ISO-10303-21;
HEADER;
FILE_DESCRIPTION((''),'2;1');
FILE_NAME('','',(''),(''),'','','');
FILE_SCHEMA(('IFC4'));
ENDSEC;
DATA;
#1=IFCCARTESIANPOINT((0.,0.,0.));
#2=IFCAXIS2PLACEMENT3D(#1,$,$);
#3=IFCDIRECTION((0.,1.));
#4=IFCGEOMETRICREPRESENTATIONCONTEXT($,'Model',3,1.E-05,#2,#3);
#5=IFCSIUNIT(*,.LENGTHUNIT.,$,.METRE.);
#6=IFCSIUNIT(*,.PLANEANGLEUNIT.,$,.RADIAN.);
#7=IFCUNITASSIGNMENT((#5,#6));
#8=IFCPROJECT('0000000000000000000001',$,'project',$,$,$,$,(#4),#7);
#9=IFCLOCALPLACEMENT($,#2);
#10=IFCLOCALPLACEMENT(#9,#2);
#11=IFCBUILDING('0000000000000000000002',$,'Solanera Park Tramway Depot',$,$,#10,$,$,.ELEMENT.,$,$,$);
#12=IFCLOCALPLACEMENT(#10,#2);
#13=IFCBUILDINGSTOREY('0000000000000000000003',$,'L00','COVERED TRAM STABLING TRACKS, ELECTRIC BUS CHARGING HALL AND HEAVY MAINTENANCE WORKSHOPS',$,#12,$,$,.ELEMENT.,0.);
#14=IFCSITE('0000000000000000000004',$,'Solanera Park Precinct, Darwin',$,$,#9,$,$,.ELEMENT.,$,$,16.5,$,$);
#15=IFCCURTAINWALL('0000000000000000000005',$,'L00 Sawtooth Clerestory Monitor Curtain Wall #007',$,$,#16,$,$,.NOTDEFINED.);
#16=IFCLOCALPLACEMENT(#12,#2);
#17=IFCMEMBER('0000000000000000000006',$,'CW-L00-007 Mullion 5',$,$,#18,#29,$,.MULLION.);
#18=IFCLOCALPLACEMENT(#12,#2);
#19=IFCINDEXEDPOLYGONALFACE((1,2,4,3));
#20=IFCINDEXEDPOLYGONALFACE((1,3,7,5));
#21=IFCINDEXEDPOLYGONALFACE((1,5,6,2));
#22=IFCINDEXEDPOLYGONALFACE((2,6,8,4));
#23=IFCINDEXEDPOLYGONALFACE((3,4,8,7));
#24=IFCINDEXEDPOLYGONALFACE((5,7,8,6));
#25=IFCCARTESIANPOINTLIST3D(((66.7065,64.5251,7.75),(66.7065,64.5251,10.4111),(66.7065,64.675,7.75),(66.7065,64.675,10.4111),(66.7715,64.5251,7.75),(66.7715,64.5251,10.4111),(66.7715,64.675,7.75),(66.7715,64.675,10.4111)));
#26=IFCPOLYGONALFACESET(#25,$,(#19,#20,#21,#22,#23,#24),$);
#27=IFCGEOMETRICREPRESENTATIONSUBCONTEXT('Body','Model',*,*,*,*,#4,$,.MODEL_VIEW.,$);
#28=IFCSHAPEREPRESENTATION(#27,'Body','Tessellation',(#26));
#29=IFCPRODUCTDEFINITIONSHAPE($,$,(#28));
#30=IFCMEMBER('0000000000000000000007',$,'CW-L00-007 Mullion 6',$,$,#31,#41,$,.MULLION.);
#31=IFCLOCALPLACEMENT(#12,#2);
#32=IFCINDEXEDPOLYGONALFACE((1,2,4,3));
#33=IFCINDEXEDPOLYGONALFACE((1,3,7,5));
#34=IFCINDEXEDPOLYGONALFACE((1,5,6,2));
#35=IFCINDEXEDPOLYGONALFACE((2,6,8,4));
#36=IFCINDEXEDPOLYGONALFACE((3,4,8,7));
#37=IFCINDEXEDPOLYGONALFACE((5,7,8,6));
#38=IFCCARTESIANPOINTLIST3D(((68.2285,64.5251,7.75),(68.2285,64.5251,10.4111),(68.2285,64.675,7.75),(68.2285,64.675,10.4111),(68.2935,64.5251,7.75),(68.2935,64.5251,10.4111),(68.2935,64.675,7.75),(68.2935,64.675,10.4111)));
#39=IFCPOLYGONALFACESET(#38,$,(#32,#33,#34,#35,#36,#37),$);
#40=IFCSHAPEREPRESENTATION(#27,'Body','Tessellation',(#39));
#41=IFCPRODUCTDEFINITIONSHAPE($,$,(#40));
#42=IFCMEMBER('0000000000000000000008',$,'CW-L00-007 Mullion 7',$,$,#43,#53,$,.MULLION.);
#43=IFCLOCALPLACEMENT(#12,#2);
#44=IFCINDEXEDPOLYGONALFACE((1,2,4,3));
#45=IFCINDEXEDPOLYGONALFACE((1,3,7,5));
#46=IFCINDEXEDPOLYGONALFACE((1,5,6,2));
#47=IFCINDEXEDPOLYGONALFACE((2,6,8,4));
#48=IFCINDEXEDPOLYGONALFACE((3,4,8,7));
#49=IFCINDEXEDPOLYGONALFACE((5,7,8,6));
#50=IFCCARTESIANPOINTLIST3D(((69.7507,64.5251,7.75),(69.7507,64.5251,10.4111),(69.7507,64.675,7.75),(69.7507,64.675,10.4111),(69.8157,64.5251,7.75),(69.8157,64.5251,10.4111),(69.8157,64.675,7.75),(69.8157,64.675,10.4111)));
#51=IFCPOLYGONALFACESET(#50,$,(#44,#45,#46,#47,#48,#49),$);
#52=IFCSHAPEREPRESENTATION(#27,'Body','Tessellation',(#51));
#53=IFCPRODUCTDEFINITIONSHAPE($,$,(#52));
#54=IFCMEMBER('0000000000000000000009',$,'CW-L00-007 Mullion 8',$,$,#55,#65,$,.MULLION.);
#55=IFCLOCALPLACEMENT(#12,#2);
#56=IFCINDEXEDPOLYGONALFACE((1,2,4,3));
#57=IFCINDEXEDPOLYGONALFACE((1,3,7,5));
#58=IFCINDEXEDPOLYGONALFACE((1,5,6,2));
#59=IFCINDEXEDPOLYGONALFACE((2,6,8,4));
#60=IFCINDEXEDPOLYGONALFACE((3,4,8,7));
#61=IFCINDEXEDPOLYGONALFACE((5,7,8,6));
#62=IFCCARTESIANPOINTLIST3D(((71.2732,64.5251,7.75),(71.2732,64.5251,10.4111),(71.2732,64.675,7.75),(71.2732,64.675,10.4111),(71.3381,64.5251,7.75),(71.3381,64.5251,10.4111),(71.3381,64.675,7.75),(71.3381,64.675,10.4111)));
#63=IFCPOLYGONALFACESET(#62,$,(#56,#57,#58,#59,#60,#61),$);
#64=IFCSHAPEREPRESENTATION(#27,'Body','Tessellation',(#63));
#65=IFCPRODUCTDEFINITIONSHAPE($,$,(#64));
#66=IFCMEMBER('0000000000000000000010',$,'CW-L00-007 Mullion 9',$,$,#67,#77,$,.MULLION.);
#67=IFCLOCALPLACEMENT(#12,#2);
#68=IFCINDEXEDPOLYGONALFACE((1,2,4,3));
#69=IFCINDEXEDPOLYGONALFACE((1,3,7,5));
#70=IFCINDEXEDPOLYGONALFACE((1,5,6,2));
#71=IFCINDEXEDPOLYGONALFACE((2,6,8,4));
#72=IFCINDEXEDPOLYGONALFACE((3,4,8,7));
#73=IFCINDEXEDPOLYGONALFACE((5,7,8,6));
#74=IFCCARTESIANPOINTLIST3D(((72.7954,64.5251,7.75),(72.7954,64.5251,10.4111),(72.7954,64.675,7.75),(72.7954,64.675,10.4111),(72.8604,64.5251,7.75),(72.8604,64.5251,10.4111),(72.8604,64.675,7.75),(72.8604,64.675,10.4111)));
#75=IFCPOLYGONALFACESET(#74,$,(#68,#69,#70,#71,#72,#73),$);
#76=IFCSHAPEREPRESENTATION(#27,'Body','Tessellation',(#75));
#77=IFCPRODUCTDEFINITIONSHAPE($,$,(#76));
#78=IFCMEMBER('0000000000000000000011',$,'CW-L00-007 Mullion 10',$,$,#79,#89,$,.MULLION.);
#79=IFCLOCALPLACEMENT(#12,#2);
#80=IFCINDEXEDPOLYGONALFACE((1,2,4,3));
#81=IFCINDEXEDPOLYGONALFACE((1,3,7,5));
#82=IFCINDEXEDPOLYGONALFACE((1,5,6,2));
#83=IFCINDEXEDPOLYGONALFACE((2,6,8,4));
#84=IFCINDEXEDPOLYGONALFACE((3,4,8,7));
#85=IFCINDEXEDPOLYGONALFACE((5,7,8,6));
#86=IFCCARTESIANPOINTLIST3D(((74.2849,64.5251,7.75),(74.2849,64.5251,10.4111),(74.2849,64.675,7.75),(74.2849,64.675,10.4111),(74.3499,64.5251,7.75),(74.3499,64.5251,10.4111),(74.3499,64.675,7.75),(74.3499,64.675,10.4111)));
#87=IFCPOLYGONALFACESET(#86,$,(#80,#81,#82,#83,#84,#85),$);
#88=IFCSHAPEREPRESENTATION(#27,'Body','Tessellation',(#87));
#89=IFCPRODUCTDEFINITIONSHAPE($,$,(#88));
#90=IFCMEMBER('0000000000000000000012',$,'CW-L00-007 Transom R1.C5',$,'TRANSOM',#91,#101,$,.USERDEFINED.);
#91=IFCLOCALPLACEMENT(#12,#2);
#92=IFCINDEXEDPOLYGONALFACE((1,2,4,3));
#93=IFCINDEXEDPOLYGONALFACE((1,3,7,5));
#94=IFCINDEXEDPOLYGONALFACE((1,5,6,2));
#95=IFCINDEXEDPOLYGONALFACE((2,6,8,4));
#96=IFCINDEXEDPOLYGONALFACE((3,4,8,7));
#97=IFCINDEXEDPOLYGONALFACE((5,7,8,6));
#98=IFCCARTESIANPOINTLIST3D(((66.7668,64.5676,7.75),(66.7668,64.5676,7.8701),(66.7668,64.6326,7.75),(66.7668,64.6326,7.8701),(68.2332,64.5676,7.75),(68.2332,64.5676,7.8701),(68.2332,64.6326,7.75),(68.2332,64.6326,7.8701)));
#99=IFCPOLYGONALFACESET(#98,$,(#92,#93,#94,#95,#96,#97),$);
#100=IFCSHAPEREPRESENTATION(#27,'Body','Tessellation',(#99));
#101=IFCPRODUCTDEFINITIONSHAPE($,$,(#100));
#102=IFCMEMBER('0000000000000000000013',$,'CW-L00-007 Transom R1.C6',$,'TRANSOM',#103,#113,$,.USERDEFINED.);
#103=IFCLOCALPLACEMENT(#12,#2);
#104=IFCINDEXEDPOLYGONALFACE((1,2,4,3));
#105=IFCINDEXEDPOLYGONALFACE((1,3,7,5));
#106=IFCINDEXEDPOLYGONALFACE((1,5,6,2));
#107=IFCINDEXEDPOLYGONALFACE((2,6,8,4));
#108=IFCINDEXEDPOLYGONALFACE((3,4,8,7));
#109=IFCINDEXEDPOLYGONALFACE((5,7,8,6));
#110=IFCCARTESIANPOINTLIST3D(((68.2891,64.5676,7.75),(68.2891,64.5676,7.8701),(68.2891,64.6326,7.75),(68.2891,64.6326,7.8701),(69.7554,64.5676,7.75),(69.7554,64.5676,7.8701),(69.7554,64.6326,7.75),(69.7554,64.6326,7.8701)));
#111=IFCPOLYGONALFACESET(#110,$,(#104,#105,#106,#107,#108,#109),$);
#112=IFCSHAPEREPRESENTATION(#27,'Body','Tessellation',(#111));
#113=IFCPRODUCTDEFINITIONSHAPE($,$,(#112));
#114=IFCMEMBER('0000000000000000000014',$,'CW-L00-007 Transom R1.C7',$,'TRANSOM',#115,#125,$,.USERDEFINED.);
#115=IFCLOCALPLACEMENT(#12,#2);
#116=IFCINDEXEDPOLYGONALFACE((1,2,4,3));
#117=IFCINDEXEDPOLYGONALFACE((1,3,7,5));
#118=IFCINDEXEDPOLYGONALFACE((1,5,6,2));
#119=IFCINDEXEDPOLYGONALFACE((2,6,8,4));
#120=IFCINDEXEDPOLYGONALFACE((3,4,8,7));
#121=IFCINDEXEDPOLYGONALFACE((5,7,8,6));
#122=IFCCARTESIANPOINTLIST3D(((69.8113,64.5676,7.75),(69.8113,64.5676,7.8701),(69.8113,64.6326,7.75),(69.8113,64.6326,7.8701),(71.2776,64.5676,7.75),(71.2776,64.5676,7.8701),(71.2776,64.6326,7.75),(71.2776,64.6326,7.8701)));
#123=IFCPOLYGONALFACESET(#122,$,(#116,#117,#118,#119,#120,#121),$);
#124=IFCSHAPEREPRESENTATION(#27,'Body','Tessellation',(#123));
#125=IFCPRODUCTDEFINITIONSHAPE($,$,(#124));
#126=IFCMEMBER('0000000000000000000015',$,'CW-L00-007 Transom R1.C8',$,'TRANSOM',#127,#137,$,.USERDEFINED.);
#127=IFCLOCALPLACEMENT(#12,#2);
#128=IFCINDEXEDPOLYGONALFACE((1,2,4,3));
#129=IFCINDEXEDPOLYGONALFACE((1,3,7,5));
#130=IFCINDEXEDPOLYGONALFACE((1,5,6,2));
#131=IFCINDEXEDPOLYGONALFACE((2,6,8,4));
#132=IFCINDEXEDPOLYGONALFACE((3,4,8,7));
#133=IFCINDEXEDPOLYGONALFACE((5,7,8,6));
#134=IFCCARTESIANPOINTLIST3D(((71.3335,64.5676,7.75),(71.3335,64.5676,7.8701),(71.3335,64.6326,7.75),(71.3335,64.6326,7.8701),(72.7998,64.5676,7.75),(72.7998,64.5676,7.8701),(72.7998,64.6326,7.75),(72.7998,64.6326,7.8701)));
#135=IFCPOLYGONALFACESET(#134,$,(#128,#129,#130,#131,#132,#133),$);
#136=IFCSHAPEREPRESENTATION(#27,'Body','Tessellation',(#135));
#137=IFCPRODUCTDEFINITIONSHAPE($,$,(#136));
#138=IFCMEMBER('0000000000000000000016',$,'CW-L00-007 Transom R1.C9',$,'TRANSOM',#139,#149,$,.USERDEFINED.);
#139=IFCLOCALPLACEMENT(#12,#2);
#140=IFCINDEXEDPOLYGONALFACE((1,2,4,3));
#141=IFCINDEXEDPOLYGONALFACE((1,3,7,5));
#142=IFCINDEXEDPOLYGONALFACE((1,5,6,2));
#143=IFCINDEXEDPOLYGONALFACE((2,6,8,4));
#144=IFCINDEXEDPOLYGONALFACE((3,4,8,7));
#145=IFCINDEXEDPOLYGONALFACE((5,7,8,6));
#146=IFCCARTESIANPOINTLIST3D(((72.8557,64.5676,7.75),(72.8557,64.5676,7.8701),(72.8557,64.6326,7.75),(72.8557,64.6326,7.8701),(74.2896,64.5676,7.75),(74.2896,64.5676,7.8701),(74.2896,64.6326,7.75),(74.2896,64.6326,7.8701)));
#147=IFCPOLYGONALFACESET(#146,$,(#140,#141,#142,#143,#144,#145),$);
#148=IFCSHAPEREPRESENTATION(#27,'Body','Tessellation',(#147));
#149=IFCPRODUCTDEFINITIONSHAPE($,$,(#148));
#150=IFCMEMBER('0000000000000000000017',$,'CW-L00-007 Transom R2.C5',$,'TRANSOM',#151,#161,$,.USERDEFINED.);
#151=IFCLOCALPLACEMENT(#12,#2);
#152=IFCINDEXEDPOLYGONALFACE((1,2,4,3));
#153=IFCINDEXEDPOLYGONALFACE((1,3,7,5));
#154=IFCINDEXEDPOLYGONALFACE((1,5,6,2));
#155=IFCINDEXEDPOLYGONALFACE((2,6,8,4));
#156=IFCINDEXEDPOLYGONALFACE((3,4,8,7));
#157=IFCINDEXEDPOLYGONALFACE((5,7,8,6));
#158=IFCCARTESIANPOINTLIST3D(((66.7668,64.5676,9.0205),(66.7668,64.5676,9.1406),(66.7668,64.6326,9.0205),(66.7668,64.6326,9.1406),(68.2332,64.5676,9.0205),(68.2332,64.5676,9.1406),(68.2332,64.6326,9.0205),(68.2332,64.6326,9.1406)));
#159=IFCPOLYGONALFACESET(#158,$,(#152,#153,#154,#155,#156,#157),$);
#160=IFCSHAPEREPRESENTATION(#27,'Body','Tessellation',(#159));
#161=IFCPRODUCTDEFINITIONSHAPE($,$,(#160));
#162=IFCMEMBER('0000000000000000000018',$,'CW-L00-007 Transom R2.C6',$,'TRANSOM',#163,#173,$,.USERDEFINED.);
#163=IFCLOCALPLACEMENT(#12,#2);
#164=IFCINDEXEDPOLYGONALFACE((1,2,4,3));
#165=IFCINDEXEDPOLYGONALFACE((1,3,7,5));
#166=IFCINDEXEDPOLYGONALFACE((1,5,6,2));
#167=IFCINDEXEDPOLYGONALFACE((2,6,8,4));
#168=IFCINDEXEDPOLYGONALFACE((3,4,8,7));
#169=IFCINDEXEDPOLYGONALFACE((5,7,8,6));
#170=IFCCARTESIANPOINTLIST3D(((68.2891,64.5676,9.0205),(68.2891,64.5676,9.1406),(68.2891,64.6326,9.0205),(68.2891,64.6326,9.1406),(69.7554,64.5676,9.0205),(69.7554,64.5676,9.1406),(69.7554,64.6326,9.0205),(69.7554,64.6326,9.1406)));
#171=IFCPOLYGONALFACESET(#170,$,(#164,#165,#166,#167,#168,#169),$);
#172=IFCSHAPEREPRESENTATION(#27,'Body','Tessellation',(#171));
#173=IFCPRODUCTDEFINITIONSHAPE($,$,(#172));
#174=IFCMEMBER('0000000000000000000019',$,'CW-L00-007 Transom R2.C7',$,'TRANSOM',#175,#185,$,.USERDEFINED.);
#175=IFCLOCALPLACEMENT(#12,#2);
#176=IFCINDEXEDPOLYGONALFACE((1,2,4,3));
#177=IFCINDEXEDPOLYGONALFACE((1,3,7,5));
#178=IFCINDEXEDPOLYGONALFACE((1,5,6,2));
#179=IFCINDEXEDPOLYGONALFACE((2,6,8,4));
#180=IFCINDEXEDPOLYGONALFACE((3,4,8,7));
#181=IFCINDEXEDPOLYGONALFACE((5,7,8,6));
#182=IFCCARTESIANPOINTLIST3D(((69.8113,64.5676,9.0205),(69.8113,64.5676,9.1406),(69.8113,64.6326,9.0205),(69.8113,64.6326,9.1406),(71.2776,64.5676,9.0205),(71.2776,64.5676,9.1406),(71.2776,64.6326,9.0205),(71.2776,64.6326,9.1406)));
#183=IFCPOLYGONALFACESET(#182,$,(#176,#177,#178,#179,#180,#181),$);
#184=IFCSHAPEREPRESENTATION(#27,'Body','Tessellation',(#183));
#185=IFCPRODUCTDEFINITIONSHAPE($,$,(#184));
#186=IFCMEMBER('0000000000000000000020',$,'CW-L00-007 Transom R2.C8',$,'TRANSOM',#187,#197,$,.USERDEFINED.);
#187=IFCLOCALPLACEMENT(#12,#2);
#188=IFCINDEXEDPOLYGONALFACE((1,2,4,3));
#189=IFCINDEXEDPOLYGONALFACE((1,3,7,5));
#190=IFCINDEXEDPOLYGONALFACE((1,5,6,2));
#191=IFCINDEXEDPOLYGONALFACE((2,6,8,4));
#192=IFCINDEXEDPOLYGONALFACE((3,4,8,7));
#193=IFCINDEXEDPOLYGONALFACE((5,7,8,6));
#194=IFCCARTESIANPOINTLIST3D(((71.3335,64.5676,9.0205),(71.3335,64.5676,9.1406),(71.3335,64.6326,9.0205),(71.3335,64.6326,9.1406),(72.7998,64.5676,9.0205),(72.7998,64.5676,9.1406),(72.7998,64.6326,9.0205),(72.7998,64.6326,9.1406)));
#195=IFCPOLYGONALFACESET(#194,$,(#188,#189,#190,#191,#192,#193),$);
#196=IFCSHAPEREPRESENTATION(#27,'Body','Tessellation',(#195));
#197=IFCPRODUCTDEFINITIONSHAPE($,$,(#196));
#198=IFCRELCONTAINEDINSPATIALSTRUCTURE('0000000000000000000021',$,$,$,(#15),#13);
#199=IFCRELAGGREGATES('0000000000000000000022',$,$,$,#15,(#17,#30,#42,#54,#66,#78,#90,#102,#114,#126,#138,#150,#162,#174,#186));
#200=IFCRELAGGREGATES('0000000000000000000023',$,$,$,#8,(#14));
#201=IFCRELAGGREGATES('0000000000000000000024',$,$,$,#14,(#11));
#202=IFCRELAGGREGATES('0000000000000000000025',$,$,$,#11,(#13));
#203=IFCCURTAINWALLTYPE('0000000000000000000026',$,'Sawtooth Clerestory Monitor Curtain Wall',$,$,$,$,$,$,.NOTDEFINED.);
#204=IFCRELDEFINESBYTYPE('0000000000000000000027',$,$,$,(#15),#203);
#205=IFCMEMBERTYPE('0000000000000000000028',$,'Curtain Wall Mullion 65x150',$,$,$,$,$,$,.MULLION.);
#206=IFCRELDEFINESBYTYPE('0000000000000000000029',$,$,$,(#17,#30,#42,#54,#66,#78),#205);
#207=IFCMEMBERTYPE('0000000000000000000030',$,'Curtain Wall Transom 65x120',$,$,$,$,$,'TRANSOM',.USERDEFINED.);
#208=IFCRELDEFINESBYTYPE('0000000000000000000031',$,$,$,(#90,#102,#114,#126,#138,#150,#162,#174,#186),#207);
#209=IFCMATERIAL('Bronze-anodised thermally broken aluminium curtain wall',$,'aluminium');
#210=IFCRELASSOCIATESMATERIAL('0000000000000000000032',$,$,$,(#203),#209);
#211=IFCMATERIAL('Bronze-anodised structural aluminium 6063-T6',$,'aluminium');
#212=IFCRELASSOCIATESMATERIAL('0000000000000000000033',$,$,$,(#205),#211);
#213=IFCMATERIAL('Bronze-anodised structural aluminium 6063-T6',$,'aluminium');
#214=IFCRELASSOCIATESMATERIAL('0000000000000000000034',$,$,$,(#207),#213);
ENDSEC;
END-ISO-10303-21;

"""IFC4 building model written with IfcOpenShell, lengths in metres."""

from ifc_helpers import new_model, si_unit, direction, frame, origin, origin_2d, place, context, subcontext, project, spatial, rectangle, extrude, material, material_profile, profile_set, type_object, element, aggregate, save


model = new_model("IFC4")

# Units and contexts
model_context = context("Model", 3, precision=1e-05, world=origin(), true_north=direction((0.0, 1.0)))
body_context = subcontext(model_context, "Body", "Model", "MODEL_VIEW")
ifc_project = project(units=[si_unit("LENGTHUNIT", "METRE"), si_unit("PLANEANGLEUNIT", "RADIAN")], contexts=[model_context])

# Site, building, storey
site_placement = place(None, origin())
site = spatial("IfcSite", under=ifc_project, at=site_placement, Name="Solanera Park Precinct, Darwin", CompositionType="ELEMENT", RefElevation=16.5)
building_placement = place(site_placement, origin())
building = spatial("IfcBuilding", under=site, at=building_placement, Name="Solanera Park Tramway Depot", CompositionType="ELEMENT")
storey_placement = place(building_placement, origin())
storey = spatial("IfcBuildingStorey", under=building, at=storey_placement, Name="L00", Description="COVERED TRAM STABLING TRACKS, ELECTRIC BUS CHARGING HALL AND HEAVY MAINTENANCE WORKSHOPS", CompositionType="ELEMENT", Elevation=0.0)

# Curtain wall, members
ifc_material_1 = material(Name="Bronze-anodised thermally broken aluminium curtain wall", Category="aluminium")
curtain_wall_type = type_object("IfcCurtainWallType", Name="Sawtooth Clerestory Monitor Curtain Wall", PredefinedType="NOTDEFINED", material=ifc_material_1)
curtain_wall_placement = place(storey_placement, origin())
curtain_wall = element("IfcCurtainWall", 1, at=curtain_wall_placement, inside=storey, type_object=curtain_wall_type, Name="L00 Sawtooth Clerestory Monitor Curtain Wall #007", PredefinedType="NOTDEFINED")
ifc_material_2 = material(Name="Bronze-anodised structural aluminium 6063-T6", Category="aluminium")
ifc_material_profile_1 = material_profile(ifc_material_2, rectangle(XDim=0.0649, YDim=0.1499, at=origin_2d()), Name="Curtain Wall Mullion 65x150")
ifc_profile_set_1 = profile_set([ifc_material_profile_1], Name="Bronze-anodised structural aluminium 6063-T6")
member_type_1 = type_object("IfcMemberType", Name="Curtain Wall Mullion 65x150", PredefinedType="MULLION", material=ifc_profile_set_1)
member_1_placement = place(storey_placement, frame((66.739, 64.6001, 7.75), z_axis=(0.0, 0.0, 1.0), x_axis=(1.0, 0.0, 0.0)))
member_1 = element("IfcMember", 2, at=member_1_placement, type_object=member_type_1, Name="CW-L00-007 Mullion 5", PredefinedType="MULLION", context=body_context, shape_type="SweptSolid", body=[
    extrude(rectangle(XDim=0.0649, YDim=0.1499, at=origin_2d()), origin(), (0.0, 0.0, 1.0), 2.6611),
])
member_2_placement = place(storey_placement, frame((68.261, 64.6001, 7.75), z_axis=(0.0, 0.0, 1.0), x_axis=(1.0, 0.0, 0.0)))
member_2 = element("IfcMember", 3, at=member_2_placement, type_object=member_type_1, Name="CW-L00-007 Mullion 6", PredefinedType="MULLION", context=body_context, shape_type="SweptSolid", body=[
    extrude(rectangle(XDim=0.0649, YDim=0.1499, at=origin_2d()), origin(), (0.0, 0.0, 1.0), 2.6611),
])
member_3_placement = place(storey_placement, frame((69.7832, 64.6001, 7.75), z_axis=(0.0, 0.0, 1.0), x_axis=(1.0, 0.0, 0.0)))
member_3 = element("IfcMember", 4, at=member_3_placement, type_object=member_type_1, Name="CW-L00-007 Mullion 7", PredefinedType="MULLION", context=body_context, shape_type="SweptSolid", body=[
    extrude(rectangle(XDim=0.0649, YDim=0.1499, at=origin_2d()), origin(), (0.0, 0.0, 1.0), 2.6611),
])
member_4_placement = place(storey_placement, frame((71.3057, 64.6001, 7.75), z_axis=(0.0, 0.0, 1.0), x_axis=(1.0, 0.0, 0.0)))
member_4 = element("IfcMember", 5, at=member_4_placement, type_object=member_type_1, Name="CW-L00-007 Mullion 8", PredefinedType="MULLION", context=body_context, shape_type="SweptSolid", body=[
    extrude(rectangle(XDim=0.0649, YDim=0.1499, at=origin_2d()), origin(), (0.0, 0.0, 1.0), 2.6611),
])
member_5_placement = place(storey_placement, frame((72.8279, 64.6001, 7.75), z_axis=(0.0, 0.0, 1.0), x_axis=(1.0, 0.0, 0.0)))
member_5 = element("IfcMember", 6, at=member_5_placement, type_object=member_type_1, Name="CW-L00-007 Mullion 9", PredefinedType="MULLION", context=body_context, shape_type="SweptSolid", body=[
    extrude(rectangle(XDim=0.0649, YDim=0.1499, at=origin_2d()), origin(), (0.0, 0.0, 1.0), 2.6611),
])
member_6_placement = place(storey_placement, frame((74.3174, 64.6001, 7.75), z_axis=(0.0, 0.0, 1.0), x_axis=(1.0, 0.0, 0.0)))
member_6 = element("IfcMember", 7, at=member_6_placement, type_object=member_type_1, Name="CW-L00-007 Mullion 10", PredefinedType="MULLION", context=body_context, shape_type="SweptSolid", body=[
    extrude(rectangle(XDim=0.0649, YDim=0.1499, at=origin_2d()), origin(), (0.0, 0.0, 1.0), 2.6611),
])
ifc_material_3 = material(Name="Bronze-anodised structural aluminium 6063-T6", Category="aluminium")
ifc_material_profile_2 = material_profile(ifc_material_3, rectangle(XDim=0.0649, YDim=0.1201, at=origin_2d()), Name="Curtain Wall Transom 65x120")
ifc_profile_set_2 = profile_set([ifc_material_profile_2], Name="Bronze-anodised structural aluminium 6063-T6")
member_type_2 = type_object("IfcMemberType", Name="Curtain Wall Transom 65x120", ElementType="TRANSOM", PredefinedType="USERDEFINED", material=ifc_profile_set_2)
member_7_placement = place(storey_placement, frame((66.7668, 64.6001, 7.8101), z_axis=(1.0, 0.0, 0.0), x_axis=(0.0, 1.0, 0.0)))
member_7 = element("IfcMember", 8, at=member_7_placement, type_object=member_type_2, Name="CW-L00-007 Transom R1.C5", ObjectType="TRANSOM", PredefinedType="USERDEFINED", context=body_context, shape_type="SweptSolid", body=[
    extrude(rectangle(XDim=0.0649, YDim=0.1201, at=origin_2d()), origin(), (0.0, 0.0, 1.0), 1.4663),
])
member_8_placement = place(storey_placement, frame((68.2891, 64.6001, 7.8101), z_axis=(1.0, 0.0, 0.0), x_axis=(0.0, 1.0, 0.0)))
member_8 = element("IfcMember", 9, at=member_8_placement, type_object=member_type_2, Name="CW-L00-007 Transom R1.C6", ObjectType="TRANSOM", PredefinedType="USERDEFINED", context=body_context, shape_type="SweptSolid", body=[
    extrude(rectangle(XDim=0.0649, YDim=0.1201, at=origin_2d()), origin(), (0.0, 0.0, 1.0), 1.4663),
])
member_9_placement = place(storey_placement, frame((69.8113, 64.6001, 7.8101), z_axis=(1.0, 0.0, 0.0), x_axis=(0.0, 1.0, 0.0)))
member_9 = element("IfcMember", 10, at=member_9_placement, type_object=member_type_2, Name="CW-L00-007 Transom R1.C7", ObjectType="TRANSOM", PredefinedType="USERDEFINED", context=body_context, shape_type="SweptSolid", body=[
    extrude(rectangle(XDim=0.0649, YDim=0.1201, at=origin_2d()), origin(), (0.0, 0.0, 1.0), 1.4663),
])
member_10_placement = place(storey_placement, frame((71.3335, 64.6001, 7.8101), z_axis=(1.0, 0.0, 0.0), x_axis=(0.0, 1.0, 0.0)))
member_10 = element("IfcMember", 11, at=member_10_placement, type_object=member_type_2, Name="CW-L00-007 Transom R1.C8", ObjectType="TRANSOM", PredefinedType="USERDEFINED", context=body_context, shape_type="SweptSolid", body=[
    extrude(rectangle(XDim=0.0649, YDim=0.1201, at=origin_2d()), origin(), (0.0, 0.0, 1.0), 1.4663),
])
member_11_placement = place(storey_placement, frame((72.8557, 64.6001, 7.8101), z_axis=(1.0, 0.0, 0.0), x_axis=(0.0, 1.0, 0.0)))
member_11 = element("IfcMember", 12, at=member_11_placement, type_object=member_type_2, Name="CW-L00-007 Transom R1.C9", ObjectType="TRANSOM", PredefinedType="USERDEFINED", context=body_context, shape_type="SweptSolid", body=[
    extrude(rectangle(XDim=0.0649, YDim=0.1201, at=origin_2d()), origin(), (0.0, 0.0, 1.0), 1.4338),
])
member_12_placement = place(storey_placement, frame((66.7668, 64.6001, 9.0806), z_axis=(1.0, 0.0, 0.0), x_axis=(0.0, 1.0, 0.0)))
member_12 = element("IfcMember", 13, at=member_12_placement, type_object=member_type_2, Name="CW-L00-007 Transom R2.C5", ObjectType="TRANSOM", PredefinedType="USERDEFINED", context=body_context, shape_type="SweptSolid", body=[
    extrude(rectangle(XDim=0.0649, YDim=0.1201, at=origin_2d()), origin(), (0.0, 0.0, 1.0), 1.4663),
])
member_13_placement = place(storey_placement, frame((68.2891, 64.6001, 9.0806), z_axis=(1.0, 0.0, 0.0), x_axis=(0.0, 1.0, 0.0)))
member_13 = element("IfcMember", 14, at=member_13_placement, type_object=member_type_2, Name="CW-L00-007 Transom R2.C6", ObjectType="TRANSOM", PredefinedType="USERDEFINED", context=body_context, shape_type="SweptSolid", body=[
    extrude(rectangle(XDim=0.0649, YDim=0.1201, at=origin_2d()), origin(), (0.0, 0.0, 1.0), 1.4663),
])
member_14_placement = place(storey_placement, frame((69.8113, 64.6001, 9.0806), z_axis=(1.0, 0.0, 0.0), x_axis=(0.0, 1.0, 0.0)))
member_14 = element("IfcMember", 15, at=member_14_placement, type_object=member_type_2, Name="CW-L00-007 Transom R2.C7", ObjectType="TRANSOM", PredefinedType="USERDEFINED", context=body_context, shape_type="SweptSolid", body=[
    extrude(rectangle(XDim=0.0649, YDim=0.1201, at=origin_2d()), origin(), (0.0, 0.0, 1.0), 1.4663),
])
member_15_placement = place(storey_placement, frame((71.3335, 64.6001, 9.0806), z_axis=(1.0, 0.0, 0.0), x_axis=(0.0, 1.0, 0.0)))
member_15 = element("IfcMember", 16, at=member_15_placement, type_object=member_type_2, Name="CW-L00-007 Transom R2.C8", ObjectType="TRANSOM", PredefinedType="USERDEFINED", context=body_context, shape_type="SweptSolid", body=[
    extrude(rectangle(XDim=0.0649, YDim=0.1201, at=origin_2d()), origin(), (0.0, 0.0, 1.0), 1.4663),
])
aggregate(curtain_wall, [member_1, member_2, member_3, member_4, member_5, member_6, member_7, member_8, member_9, member_10, member_11, member_12, member_13, member_14, member_15])

save(model, "model.ifc")
